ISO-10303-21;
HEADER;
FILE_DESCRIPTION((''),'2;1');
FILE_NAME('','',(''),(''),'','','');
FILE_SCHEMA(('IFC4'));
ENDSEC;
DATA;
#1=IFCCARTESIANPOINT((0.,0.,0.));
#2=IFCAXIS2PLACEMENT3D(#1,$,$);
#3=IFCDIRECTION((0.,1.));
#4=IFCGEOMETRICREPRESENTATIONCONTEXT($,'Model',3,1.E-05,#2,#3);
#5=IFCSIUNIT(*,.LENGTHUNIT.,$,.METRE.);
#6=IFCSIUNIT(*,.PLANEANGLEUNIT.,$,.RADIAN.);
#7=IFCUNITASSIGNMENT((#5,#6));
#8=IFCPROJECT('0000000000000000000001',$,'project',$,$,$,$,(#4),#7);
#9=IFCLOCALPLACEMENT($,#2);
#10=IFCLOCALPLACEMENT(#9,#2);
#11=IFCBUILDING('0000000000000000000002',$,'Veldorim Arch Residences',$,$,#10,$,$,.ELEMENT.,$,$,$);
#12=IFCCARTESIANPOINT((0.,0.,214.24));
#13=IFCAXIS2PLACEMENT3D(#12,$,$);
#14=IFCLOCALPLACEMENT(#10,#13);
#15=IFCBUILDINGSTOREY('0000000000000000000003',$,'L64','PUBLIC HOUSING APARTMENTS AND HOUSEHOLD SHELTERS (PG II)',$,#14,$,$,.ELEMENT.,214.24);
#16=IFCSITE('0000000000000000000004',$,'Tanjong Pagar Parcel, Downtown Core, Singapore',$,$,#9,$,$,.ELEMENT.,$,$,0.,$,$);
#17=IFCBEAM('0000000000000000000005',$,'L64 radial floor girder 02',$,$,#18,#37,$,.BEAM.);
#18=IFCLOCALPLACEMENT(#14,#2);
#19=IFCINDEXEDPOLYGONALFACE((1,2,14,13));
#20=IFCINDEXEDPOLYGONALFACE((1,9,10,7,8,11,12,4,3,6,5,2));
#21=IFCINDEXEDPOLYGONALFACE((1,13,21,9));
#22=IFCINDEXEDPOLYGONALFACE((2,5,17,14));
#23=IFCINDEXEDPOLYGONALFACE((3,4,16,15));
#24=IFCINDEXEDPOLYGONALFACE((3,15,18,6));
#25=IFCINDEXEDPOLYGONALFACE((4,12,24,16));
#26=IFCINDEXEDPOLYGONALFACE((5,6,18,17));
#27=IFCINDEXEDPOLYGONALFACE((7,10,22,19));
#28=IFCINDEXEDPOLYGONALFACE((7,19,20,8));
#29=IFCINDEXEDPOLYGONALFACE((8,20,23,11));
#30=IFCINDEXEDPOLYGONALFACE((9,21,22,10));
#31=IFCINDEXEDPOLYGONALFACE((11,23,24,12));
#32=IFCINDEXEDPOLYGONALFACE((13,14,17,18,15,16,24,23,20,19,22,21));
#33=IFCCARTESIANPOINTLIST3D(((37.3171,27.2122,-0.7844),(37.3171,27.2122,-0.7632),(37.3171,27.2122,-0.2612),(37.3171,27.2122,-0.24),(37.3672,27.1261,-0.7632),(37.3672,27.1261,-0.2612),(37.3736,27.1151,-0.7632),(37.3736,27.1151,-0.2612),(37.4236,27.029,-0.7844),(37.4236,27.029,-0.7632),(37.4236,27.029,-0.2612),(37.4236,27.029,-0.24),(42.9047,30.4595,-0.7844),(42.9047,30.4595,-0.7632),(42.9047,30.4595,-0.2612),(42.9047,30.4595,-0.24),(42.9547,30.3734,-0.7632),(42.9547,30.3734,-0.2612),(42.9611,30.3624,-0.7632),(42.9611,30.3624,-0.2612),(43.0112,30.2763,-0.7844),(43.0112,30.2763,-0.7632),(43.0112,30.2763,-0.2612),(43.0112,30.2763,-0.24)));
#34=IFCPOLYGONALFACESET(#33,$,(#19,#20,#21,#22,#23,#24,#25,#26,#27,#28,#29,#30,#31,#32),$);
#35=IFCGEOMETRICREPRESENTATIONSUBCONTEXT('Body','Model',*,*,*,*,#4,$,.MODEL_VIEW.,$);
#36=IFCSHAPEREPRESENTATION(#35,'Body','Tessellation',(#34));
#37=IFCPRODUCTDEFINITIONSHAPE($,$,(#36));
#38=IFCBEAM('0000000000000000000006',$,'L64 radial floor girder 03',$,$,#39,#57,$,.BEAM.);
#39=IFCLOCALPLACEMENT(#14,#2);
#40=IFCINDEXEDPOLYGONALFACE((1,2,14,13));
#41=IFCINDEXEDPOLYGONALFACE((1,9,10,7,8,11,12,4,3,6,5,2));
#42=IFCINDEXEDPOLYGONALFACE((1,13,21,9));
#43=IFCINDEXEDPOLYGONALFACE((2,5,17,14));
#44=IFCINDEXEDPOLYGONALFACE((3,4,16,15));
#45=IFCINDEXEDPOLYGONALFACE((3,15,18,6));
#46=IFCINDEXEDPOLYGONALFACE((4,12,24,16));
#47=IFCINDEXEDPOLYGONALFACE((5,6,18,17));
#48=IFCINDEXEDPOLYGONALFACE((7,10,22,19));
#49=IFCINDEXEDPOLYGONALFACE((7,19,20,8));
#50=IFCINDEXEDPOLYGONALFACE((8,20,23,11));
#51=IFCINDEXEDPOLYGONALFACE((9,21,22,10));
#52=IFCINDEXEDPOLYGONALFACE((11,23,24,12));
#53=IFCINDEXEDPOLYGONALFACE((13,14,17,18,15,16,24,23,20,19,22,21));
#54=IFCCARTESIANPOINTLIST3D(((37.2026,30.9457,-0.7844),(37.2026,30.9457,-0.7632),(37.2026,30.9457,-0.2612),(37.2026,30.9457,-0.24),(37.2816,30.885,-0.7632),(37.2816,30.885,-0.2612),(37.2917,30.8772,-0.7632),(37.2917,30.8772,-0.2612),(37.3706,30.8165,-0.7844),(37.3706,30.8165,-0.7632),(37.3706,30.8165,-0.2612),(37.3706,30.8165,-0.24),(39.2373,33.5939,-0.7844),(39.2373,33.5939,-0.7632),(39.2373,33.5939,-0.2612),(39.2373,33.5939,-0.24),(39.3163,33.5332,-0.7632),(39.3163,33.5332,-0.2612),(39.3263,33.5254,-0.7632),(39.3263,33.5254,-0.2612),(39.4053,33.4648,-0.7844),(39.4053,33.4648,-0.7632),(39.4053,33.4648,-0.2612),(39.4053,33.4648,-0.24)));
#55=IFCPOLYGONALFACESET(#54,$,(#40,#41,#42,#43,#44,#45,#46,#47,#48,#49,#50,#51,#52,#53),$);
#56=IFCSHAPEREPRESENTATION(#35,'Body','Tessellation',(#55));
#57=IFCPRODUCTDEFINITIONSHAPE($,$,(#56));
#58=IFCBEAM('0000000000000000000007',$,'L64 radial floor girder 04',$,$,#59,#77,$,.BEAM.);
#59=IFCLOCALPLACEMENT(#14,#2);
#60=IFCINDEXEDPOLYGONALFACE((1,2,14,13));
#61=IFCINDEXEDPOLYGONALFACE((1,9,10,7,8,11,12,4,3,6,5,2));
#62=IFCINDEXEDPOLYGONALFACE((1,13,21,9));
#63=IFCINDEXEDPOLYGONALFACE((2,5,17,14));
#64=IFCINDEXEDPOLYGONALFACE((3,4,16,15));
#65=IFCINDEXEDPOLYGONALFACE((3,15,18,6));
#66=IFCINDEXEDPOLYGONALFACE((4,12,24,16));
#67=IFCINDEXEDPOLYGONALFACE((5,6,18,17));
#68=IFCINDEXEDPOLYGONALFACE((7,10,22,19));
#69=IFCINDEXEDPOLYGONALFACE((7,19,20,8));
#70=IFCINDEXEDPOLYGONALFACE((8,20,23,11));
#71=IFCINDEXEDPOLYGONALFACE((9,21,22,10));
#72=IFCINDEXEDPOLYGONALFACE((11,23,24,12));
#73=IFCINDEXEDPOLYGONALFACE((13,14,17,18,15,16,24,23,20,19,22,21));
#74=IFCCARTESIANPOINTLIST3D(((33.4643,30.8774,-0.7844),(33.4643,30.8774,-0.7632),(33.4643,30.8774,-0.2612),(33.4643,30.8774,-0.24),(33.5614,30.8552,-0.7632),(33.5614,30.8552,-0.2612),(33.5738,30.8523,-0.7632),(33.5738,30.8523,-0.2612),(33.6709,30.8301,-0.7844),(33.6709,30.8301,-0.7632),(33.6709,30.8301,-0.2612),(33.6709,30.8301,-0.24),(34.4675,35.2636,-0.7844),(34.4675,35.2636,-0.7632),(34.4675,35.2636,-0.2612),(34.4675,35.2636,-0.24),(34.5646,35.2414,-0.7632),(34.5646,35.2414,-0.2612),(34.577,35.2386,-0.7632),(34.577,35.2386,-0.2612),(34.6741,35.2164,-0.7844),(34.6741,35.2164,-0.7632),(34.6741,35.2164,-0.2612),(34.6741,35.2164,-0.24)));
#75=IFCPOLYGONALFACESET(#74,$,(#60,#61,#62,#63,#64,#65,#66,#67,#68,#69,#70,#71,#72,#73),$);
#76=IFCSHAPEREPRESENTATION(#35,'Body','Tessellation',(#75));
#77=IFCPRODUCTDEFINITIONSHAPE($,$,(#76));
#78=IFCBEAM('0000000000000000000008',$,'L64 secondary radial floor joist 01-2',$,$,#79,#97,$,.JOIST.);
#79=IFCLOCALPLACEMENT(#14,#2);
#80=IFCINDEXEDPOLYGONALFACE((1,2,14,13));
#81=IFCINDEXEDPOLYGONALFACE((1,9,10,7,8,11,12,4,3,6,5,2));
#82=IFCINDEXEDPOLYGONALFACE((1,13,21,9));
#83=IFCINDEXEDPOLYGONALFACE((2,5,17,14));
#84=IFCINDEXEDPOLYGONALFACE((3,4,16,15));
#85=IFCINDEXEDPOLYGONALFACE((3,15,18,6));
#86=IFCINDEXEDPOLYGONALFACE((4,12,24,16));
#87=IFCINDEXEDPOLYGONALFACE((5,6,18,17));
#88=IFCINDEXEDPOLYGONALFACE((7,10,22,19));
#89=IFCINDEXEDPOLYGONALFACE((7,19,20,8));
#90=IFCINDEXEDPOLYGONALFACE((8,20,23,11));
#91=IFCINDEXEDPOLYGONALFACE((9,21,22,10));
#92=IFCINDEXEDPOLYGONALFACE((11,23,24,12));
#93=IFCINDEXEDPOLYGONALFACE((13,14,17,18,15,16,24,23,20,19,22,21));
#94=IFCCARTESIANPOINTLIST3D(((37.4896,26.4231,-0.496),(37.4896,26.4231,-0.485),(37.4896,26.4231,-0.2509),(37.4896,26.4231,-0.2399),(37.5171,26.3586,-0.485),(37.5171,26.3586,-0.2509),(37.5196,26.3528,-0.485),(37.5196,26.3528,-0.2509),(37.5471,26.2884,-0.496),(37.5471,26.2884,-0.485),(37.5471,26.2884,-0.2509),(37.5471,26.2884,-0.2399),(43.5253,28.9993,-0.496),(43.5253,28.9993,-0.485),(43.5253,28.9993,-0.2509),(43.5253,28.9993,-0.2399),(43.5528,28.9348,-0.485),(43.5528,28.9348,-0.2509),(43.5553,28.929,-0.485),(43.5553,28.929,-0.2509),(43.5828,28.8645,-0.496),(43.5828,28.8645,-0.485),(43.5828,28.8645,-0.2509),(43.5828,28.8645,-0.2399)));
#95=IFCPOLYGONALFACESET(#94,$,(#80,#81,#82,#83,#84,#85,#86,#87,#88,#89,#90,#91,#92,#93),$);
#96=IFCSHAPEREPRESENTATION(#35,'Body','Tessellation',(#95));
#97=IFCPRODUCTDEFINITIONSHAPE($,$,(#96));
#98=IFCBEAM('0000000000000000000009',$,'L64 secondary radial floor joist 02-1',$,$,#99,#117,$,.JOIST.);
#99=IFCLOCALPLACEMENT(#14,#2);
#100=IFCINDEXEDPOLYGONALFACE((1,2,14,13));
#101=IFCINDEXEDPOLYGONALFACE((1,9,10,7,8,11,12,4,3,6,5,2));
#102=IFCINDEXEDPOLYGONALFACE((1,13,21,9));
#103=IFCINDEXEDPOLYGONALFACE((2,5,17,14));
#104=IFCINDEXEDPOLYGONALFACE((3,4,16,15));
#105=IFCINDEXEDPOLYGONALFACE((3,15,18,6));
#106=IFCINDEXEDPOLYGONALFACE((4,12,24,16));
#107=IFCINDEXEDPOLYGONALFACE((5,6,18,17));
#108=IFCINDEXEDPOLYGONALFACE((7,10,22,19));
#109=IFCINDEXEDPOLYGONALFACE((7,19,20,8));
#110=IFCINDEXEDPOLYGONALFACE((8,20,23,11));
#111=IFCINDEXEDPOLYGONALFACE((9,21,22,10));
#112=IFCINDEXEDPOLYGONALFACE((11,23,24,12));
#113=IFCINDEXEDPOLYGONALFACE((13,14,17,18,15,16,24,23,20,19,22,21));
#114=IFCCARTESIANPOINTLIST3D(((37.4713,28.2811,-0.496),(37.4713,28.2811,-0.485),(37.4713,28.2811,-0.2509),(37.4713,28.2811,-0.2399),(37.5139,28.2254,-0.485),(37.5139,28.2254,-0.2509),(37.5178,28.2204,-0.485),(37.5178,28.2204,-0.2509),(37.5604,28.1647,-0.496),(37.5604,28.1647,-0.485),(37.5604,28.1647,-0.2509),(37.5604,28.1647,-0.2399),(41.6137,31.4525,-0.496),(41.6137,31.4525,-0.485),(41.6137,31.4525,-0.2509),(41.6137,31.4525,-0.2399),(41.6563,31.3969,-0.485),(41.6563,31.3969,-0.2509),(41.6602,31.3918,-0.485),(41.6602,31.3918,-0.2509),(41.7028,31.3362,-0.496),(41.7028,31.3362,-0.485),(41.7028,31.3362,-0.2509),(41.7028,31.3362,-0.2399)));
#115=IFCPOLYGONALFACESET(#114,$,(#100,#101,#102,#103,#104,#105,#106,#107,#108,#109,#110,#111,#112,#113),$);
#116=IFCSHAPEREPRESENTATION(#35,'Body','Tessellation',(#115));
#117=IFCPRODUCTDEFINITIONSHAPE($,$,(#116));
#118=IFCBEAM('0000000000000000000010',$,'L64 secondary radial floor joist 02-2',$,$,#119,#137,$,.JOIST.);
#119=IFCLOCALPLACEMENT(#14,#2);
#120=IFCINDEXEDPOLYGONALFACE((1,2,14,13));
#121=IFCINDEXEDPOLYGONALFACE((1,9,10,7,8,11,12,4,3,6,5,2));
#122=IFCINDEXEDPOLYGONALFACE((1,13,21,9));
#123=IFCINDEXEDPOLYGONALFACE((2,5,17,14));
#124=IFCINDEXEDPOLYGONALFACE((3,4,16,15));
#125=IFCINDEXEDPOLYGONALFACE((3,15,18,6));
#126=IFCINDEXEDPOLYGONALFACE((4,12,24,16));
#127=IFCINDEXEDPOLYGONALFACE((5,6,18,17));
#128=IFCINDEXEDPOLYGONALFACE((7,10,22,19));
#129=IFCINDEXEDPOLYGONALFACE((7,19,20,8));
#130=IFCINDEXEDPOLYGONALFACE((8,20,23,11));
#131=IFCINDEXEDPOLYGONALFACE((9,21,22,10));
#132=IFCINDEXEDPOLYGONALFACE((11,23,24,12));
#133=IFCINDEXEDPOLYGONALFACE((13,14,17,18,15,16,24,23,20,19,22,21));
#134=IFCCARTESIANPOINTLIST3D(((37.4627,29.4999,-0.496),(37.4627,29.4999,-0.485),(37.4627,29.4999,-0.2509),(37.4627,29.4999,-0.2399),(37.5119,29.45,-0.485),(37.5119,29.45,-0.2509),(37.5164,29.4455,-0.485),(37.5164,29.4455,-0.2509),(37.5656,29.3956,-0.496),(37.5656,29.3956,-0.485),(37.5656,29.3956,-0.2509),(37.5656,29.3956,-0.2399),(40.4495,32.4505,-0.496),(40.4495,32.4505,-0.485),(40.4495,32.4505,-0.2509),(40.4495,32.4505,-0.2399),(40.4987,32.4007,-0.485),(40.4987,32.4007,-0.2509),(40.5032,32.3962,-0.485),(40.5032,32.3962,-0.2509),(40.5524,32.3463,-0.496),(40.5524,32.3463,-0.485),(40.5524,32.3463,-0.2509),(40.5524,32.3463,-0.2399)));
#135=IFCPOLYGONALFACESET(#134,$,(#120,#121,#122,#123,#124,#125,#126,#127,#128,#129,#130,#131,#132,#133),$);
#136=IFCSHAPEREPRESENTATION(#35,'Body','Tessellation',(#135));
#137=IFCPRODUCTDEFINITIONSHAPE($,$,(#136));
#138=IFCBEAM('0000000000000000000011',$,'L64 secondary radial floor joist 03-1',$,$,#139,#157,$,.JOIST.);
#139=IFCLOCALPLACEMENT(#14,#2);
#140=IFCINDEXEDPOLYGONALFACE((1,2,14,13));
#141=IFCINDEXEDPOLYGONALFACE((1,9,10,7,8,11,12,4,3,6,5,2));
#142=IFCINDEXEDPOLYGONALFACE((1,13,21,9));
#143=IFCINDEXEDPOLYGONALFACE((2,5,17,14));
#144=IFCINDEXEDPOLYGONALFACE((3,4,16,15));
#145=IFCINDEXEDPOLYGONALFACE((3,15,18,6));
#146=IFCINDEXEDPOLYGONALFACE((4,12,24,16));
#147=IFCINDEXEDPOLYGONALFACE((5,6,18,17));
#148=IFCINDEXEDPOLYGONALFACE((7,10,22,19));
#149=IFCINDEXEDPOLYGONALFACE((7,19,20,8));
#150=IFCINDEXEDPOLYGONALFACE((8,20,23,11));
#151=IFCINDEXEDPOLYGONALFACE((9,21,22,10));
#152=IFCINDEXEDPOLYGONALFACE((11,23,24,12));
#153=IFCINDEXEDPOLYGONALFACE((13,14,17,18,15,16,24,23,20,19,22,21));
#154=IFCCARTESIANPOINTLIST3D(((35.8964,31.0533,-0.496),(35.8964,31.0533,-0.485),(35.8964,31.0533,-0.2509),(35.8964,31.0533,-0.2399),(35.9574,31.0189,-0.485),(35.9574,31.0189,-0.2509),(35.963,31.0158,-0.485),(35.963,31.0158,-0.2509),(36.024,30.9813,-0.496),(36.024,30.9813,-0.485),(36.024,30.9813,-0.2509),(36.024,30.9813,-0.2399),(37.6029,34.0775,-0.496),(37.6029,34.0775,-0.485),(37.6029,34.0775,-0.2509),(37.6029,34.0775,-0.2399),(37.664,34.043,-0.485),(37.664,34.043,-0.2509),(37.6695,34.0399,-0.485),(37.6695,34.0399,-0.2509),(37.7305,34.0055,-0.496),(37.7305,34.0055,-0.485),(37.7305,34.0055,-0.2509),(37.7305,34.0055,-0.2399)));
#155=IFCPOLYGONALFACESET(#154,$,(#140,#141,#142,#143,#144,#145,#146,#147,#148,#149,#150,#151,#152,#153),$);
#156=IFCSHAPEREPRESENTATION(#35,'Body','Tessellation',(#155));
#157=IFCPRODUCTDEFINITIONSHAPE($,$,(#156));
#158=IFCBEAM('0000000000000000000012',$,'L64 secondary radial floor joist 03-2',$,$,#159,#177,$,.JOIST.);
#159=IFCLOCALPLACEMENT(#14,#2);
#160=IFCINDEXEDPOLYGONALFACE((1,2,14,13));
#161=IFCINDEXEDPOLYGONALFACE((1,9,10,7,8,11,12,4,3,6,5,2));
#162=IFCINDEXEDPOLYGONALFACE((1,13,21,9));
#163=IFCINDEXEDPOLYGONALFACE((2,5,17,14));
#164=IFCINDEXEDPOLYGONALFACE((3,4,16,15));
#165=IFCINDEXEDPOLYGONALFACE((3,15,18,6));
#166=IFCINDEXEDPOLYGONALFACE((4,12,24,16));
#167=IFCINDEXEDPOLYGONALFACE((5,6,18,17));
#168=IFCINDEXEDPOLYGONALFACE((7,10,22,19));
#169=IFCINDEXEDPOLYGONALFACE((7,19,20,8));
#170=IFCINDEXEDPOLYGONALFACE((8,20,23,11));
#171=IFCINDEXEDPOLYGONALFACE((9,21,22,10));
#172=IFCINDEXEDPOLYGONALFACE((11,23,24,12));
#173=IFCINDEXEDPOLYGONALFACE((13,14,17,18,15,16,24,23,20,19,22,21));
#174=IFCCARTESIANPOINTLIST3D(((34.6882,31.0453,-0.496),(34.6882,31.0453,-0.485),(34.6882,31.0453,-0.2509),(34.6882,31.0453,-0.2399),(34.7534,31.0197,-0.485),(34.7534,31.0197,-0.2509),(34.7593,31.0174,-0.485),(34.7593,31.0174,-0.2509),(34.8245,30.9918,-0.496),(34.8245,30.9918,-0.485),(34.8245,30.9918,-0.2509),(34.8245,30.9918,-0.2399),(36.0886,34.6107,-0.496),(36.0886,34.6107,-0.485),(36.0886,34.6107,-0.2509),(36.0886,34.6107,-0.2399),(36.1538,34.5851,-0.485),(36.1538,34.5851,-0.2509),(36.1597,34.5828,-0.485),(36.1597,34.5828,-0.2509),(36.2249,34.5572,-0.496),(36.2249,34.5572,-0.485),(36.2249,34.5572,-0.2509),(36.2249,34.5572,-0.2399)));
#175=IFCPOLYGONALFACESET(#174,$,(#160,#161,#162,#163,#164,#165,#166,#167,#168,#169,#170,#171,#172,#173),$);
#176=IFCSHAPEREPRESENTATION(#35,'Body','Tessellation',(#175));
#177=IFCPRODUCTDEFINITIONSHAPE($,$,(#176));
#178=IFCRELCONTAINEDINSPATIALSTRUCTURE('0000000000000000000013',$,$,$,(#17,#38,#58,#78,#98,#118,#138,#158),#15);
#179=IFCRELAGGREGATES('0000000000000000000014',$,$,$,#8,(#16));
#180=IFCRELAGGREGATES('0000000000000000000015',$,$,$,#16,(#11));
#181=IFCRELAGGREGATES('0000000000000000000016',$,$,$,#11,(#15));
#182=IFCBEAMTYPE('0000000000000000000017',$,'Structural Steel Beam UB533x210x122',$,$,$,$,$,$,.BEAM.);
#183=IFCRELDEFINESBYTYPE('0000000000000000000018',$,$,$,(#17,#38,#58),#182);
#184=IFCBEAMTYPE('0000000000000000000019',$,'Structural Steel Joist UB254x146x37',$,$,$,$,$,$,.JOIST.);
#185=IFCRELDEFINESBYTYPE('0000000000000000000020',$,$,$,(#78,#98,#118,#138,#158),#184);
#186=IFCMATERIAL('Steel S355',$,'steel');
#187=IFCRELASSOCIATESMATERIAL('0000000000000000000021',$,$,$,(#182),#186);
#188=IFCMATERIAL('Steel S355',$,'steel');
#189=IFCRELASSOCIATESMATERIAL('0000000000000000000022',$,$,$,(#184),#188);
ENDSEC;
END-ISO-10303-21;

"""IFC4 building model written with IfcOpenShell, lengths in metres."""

from ifc_helpers import new_model, si_unit, direction, frame, origin, origin_2d, place, context, subcontext, project, spatial, i_section, extrude, material, material_profile, profile_set, type_object, element, save


model = new_model("IFC4")

# Units and contexts
model_context = context("Model", 3, precision=1e-05, world=origin(), true_north=direction((0.0, 1.0)))
body_context = subcontext(model_context, "Body", "Model", "MODEL_VIEW")
ifc_project = project(units=[si_unit("LENGTHUNIT", "METRE"), si_unit("PLANEANGLEUNIT", "RADIAN")], contexts=[model_context])

# Site, building, storey
site_placement = place(None, origin())
site = spatial("IfcSite", under=ifc_project, at=site_placement, Name="Tanjong Pagar Parcel, Downtown Core, Singapore", CompositionType="ELEMENT", RefElevation=0.0)
building_placement = place(site_placement, origin())
building = spatial("IfcBuilding", under=site, at=building_placement, Name="Veldorim Arch Residences", CompositionType="ELEMENT")
storey_placement = place(building_placement, frame((0.0, 0.0, 214.24)))
storey = spatial("IfcBuildingStorey", under=building, at=storey_placement, Name="L64", Description="PUBLIC HOUSING APARTMENTS AND HOUSEHOLD SHELTERS (PG II)", CompositionType="ELEMENT", Elevation=214.24)

# Beams
ifc_material_1 = material(Name="Steel S355", Category="steel")
ifc_material_profile_1 = material_profile(ifc_material_1, i_section(OverallWidth=0.2119, OverallDepth=0.5444, WebThickness=0.0127, FlangeThickness=0.0212, at=origin_2d()), Name="UB533x210x122")
ifc_profile_set_1 = profile_set([ifc_material_profile_1], Name="Steel S355")
beam_type_1 = type_object("IfcBeamType", Name="Structural Steel Beam UB533x210x122", PredefinedType="BEAM", material=ifc_profile_set_1)
beam_1_placement = place(storey_placement, frame((37.3704, 27.1206, -0.5122), z_axis=(0.864596, 0.502468, 0.0), x_axis=(-0.502468, 0.864596, 0.0)))
element("IfcBeam", 1, at=beam_1_placement, inside=storey, type_object=beam_type_1, Name="L64 radial floor girder 02", PredefinedType="BEAM", context=body_context, shape_type="SweptSolid", body=[
    extrude(i_section(OverallWidth=0.2119, OverallDepth=0.5444, WebThickness=0.0127, FlangeThickness=0.0212, at=origin_2d()), origin(), (0.0, 0.0, 1.0), 6.4626),
])
beam_2_placement = place(storey_placement, frame((37.2866, 30.8811, -0.5122), z_axis=(0.609258, 0.792972, 0.0), x_axis=(-0.792972, 0.609258, 0.0)))
element("IfcBeam", 2, at=beam_2_placement, inside=storey, type_object=beam_type_1, Name="L64 radial floor girder 03", PredefinedType="BEAM", context=body_context, shape_type="SweptSolid", body=[
    extrude(i_section(OverallWidth=0.2119, OverallDepth=0.5444, WebThickness=0.0127, FlangeThickness=0.0212, at=origin_2d()), origin(), (0.0, 0.0, 1.0), 3.3396),
])
beam_3_placement = place(storey_placement, frame((33.5676, 30.8538, -0.5122), z_axis=(0.222953, 0.974829, 0.0), x_axis=(-0.974829, 0.222953, 0.0)))
element("IfcBeam", 3, at=beam_3_placement, inside=storey, type_object=beam_type_1, Name="L64 radial floor girder 04", PredefinedType="BEAM", context=body_context, shape_type="SweptSolid", body=[
    extrude(i_section(OverallWidth=0.2119, OverallDepth=0.5444, WebThickness=0.0127, FlangeThickness=0.0212, at=origin_2d()), origin(), (0.0, 0.0, 1.0), 4.4995),
])
ifc_material_2 = material(Name="Steel S355", Category="steel")
ifc_material_profile_2 = material_profile(ifc_material_2, i_section(OverallWidth=0.1465, OverallDepth=0.2561, WebThickness=0.0063, FlangeThickness=0.011, at=origin_2d()), Name="UB254x146x37")
ifc_profile_set_2 = profile_set([ifc_material_profile_2], Name="Steel S355")
beam_type_2 = type_object("IfcBeamType", Name="Structural Steel Joist UB254x146x37", PredefinedType="JOIST", material=ifc_profile_set_2)
beam_4_placement = place(storey_placement, frame((37.5183, 26.3557, -0.3679), z_axis=(0.919725, 0.392563, 0.0), x_axis=(-0.392563, 0.919725, 0.0)))
element("IfcBeam", 4, at=beam_4_placement, inside=storey, type_object=beam_type_2, Name="L64 secondary radial floor joist 01-2", PredefinedType="JOIST", context=body_context, shape_type="SweptSolid", body=[
    extrude(i_section(OverallWidth=0.1465, OverallDepth=0.2561, WebThickness=0.0063, FlangeThickness=0.011, at=origin_2d()), origin(), (0.0, 0.0, 1.0), 6.5625),
])
beam_5_placement = place(storey_placement, frame((37.5159, 28.2229, -0.3679), z_axis=(0.794014, 0.6079, 0.0), x_axis=(-0.6079, 0.794014, 0.0)))
element("IfcBeam", 5, at=beam_5_placement, inside=storey, type_object=beam_type_2, Name="L64 secondary radial floor joist 02-1", PredefinedType="JOIST", context=body_context, shape_type="SweptSolid", body=[
    extrude(i_section(OverallWidth=0.1465, OverallDepth=0.2561, WebThickness=0.0063, FlangeThickness=0.011, at=origin_2d()), origin(), (0.0, 0.0, 1.0), 5.217),
])
beam_6_placement = place(storey_placement, frame((37.5142, 29.4478, -0.3679), z_axis=(0.711397, 0.702791, 0.0), x_axis=(-0.702791, 0.711397, 0.0)))
element("IfcBeam", 6, at=beam_6_placement, inside=storey, type_object=beam_type_2, Name="L64 secondary radial floor joist 02-2", PredefinedType="JOIST", context=body_context, shape_type="SweptSolid", body=[
    extrude(i_section(OverallWidth=0.1465, OverallDepth=0.2561, WebThickness=0.0063, FlangeThickness=0.011, at=origin_2d()), origin(), (0.0, 0.0, 1.0), 4.1985),
])
beam_7_placement = place(storey_placement, frame((35.9602, 31.0173, -0.3679), z_axis=(0.491452, 0.870904, 0.0), x_axis=(-0.870904, 0.491452, 0.0)))
element("IfcBeam", 7, at=beam_7_placement, inside=storey, type_object=beam_type_2, Name="L64 secondary radial floor joist 03-1", PredefinedType="JOIST", context=body_context, shape_type="SweptSolid", body=[
    extrude(i_section(OverallWidth=0.1465, OverallDepth=0.2561, WebThickness=0.0063, FlangeThickness=0.011, at=origin_2d()), origin(), (0.0, 0.0, 1.0), 3.4724),
])
beam_8_placement = place(storey_placement, frame((34.7563, 31.0186, -0.3679), z_axis=(0.365581, 0.930779, 0.0), x_axis=(-0.930779, 0.365581, 0.0)))
element("IfcBeam", 8, at=beam_8_placement, inside=storey, type_object=beam_type_2, Name="L64 secondary radial floor joist 03-2", PredefinedType="JOIST", context=body_context, shape_type="SweptSolid", body=[
    extrude(i_section(OverallWidth=0.1465, OverallDepth=0.2561, WebThickness=0.0063, FlangeThickness=0.011, at=origin_2d()), origin(), (0.0, 0.0, 1.0), 3.8306),
])

save(model, "model.ifc")
